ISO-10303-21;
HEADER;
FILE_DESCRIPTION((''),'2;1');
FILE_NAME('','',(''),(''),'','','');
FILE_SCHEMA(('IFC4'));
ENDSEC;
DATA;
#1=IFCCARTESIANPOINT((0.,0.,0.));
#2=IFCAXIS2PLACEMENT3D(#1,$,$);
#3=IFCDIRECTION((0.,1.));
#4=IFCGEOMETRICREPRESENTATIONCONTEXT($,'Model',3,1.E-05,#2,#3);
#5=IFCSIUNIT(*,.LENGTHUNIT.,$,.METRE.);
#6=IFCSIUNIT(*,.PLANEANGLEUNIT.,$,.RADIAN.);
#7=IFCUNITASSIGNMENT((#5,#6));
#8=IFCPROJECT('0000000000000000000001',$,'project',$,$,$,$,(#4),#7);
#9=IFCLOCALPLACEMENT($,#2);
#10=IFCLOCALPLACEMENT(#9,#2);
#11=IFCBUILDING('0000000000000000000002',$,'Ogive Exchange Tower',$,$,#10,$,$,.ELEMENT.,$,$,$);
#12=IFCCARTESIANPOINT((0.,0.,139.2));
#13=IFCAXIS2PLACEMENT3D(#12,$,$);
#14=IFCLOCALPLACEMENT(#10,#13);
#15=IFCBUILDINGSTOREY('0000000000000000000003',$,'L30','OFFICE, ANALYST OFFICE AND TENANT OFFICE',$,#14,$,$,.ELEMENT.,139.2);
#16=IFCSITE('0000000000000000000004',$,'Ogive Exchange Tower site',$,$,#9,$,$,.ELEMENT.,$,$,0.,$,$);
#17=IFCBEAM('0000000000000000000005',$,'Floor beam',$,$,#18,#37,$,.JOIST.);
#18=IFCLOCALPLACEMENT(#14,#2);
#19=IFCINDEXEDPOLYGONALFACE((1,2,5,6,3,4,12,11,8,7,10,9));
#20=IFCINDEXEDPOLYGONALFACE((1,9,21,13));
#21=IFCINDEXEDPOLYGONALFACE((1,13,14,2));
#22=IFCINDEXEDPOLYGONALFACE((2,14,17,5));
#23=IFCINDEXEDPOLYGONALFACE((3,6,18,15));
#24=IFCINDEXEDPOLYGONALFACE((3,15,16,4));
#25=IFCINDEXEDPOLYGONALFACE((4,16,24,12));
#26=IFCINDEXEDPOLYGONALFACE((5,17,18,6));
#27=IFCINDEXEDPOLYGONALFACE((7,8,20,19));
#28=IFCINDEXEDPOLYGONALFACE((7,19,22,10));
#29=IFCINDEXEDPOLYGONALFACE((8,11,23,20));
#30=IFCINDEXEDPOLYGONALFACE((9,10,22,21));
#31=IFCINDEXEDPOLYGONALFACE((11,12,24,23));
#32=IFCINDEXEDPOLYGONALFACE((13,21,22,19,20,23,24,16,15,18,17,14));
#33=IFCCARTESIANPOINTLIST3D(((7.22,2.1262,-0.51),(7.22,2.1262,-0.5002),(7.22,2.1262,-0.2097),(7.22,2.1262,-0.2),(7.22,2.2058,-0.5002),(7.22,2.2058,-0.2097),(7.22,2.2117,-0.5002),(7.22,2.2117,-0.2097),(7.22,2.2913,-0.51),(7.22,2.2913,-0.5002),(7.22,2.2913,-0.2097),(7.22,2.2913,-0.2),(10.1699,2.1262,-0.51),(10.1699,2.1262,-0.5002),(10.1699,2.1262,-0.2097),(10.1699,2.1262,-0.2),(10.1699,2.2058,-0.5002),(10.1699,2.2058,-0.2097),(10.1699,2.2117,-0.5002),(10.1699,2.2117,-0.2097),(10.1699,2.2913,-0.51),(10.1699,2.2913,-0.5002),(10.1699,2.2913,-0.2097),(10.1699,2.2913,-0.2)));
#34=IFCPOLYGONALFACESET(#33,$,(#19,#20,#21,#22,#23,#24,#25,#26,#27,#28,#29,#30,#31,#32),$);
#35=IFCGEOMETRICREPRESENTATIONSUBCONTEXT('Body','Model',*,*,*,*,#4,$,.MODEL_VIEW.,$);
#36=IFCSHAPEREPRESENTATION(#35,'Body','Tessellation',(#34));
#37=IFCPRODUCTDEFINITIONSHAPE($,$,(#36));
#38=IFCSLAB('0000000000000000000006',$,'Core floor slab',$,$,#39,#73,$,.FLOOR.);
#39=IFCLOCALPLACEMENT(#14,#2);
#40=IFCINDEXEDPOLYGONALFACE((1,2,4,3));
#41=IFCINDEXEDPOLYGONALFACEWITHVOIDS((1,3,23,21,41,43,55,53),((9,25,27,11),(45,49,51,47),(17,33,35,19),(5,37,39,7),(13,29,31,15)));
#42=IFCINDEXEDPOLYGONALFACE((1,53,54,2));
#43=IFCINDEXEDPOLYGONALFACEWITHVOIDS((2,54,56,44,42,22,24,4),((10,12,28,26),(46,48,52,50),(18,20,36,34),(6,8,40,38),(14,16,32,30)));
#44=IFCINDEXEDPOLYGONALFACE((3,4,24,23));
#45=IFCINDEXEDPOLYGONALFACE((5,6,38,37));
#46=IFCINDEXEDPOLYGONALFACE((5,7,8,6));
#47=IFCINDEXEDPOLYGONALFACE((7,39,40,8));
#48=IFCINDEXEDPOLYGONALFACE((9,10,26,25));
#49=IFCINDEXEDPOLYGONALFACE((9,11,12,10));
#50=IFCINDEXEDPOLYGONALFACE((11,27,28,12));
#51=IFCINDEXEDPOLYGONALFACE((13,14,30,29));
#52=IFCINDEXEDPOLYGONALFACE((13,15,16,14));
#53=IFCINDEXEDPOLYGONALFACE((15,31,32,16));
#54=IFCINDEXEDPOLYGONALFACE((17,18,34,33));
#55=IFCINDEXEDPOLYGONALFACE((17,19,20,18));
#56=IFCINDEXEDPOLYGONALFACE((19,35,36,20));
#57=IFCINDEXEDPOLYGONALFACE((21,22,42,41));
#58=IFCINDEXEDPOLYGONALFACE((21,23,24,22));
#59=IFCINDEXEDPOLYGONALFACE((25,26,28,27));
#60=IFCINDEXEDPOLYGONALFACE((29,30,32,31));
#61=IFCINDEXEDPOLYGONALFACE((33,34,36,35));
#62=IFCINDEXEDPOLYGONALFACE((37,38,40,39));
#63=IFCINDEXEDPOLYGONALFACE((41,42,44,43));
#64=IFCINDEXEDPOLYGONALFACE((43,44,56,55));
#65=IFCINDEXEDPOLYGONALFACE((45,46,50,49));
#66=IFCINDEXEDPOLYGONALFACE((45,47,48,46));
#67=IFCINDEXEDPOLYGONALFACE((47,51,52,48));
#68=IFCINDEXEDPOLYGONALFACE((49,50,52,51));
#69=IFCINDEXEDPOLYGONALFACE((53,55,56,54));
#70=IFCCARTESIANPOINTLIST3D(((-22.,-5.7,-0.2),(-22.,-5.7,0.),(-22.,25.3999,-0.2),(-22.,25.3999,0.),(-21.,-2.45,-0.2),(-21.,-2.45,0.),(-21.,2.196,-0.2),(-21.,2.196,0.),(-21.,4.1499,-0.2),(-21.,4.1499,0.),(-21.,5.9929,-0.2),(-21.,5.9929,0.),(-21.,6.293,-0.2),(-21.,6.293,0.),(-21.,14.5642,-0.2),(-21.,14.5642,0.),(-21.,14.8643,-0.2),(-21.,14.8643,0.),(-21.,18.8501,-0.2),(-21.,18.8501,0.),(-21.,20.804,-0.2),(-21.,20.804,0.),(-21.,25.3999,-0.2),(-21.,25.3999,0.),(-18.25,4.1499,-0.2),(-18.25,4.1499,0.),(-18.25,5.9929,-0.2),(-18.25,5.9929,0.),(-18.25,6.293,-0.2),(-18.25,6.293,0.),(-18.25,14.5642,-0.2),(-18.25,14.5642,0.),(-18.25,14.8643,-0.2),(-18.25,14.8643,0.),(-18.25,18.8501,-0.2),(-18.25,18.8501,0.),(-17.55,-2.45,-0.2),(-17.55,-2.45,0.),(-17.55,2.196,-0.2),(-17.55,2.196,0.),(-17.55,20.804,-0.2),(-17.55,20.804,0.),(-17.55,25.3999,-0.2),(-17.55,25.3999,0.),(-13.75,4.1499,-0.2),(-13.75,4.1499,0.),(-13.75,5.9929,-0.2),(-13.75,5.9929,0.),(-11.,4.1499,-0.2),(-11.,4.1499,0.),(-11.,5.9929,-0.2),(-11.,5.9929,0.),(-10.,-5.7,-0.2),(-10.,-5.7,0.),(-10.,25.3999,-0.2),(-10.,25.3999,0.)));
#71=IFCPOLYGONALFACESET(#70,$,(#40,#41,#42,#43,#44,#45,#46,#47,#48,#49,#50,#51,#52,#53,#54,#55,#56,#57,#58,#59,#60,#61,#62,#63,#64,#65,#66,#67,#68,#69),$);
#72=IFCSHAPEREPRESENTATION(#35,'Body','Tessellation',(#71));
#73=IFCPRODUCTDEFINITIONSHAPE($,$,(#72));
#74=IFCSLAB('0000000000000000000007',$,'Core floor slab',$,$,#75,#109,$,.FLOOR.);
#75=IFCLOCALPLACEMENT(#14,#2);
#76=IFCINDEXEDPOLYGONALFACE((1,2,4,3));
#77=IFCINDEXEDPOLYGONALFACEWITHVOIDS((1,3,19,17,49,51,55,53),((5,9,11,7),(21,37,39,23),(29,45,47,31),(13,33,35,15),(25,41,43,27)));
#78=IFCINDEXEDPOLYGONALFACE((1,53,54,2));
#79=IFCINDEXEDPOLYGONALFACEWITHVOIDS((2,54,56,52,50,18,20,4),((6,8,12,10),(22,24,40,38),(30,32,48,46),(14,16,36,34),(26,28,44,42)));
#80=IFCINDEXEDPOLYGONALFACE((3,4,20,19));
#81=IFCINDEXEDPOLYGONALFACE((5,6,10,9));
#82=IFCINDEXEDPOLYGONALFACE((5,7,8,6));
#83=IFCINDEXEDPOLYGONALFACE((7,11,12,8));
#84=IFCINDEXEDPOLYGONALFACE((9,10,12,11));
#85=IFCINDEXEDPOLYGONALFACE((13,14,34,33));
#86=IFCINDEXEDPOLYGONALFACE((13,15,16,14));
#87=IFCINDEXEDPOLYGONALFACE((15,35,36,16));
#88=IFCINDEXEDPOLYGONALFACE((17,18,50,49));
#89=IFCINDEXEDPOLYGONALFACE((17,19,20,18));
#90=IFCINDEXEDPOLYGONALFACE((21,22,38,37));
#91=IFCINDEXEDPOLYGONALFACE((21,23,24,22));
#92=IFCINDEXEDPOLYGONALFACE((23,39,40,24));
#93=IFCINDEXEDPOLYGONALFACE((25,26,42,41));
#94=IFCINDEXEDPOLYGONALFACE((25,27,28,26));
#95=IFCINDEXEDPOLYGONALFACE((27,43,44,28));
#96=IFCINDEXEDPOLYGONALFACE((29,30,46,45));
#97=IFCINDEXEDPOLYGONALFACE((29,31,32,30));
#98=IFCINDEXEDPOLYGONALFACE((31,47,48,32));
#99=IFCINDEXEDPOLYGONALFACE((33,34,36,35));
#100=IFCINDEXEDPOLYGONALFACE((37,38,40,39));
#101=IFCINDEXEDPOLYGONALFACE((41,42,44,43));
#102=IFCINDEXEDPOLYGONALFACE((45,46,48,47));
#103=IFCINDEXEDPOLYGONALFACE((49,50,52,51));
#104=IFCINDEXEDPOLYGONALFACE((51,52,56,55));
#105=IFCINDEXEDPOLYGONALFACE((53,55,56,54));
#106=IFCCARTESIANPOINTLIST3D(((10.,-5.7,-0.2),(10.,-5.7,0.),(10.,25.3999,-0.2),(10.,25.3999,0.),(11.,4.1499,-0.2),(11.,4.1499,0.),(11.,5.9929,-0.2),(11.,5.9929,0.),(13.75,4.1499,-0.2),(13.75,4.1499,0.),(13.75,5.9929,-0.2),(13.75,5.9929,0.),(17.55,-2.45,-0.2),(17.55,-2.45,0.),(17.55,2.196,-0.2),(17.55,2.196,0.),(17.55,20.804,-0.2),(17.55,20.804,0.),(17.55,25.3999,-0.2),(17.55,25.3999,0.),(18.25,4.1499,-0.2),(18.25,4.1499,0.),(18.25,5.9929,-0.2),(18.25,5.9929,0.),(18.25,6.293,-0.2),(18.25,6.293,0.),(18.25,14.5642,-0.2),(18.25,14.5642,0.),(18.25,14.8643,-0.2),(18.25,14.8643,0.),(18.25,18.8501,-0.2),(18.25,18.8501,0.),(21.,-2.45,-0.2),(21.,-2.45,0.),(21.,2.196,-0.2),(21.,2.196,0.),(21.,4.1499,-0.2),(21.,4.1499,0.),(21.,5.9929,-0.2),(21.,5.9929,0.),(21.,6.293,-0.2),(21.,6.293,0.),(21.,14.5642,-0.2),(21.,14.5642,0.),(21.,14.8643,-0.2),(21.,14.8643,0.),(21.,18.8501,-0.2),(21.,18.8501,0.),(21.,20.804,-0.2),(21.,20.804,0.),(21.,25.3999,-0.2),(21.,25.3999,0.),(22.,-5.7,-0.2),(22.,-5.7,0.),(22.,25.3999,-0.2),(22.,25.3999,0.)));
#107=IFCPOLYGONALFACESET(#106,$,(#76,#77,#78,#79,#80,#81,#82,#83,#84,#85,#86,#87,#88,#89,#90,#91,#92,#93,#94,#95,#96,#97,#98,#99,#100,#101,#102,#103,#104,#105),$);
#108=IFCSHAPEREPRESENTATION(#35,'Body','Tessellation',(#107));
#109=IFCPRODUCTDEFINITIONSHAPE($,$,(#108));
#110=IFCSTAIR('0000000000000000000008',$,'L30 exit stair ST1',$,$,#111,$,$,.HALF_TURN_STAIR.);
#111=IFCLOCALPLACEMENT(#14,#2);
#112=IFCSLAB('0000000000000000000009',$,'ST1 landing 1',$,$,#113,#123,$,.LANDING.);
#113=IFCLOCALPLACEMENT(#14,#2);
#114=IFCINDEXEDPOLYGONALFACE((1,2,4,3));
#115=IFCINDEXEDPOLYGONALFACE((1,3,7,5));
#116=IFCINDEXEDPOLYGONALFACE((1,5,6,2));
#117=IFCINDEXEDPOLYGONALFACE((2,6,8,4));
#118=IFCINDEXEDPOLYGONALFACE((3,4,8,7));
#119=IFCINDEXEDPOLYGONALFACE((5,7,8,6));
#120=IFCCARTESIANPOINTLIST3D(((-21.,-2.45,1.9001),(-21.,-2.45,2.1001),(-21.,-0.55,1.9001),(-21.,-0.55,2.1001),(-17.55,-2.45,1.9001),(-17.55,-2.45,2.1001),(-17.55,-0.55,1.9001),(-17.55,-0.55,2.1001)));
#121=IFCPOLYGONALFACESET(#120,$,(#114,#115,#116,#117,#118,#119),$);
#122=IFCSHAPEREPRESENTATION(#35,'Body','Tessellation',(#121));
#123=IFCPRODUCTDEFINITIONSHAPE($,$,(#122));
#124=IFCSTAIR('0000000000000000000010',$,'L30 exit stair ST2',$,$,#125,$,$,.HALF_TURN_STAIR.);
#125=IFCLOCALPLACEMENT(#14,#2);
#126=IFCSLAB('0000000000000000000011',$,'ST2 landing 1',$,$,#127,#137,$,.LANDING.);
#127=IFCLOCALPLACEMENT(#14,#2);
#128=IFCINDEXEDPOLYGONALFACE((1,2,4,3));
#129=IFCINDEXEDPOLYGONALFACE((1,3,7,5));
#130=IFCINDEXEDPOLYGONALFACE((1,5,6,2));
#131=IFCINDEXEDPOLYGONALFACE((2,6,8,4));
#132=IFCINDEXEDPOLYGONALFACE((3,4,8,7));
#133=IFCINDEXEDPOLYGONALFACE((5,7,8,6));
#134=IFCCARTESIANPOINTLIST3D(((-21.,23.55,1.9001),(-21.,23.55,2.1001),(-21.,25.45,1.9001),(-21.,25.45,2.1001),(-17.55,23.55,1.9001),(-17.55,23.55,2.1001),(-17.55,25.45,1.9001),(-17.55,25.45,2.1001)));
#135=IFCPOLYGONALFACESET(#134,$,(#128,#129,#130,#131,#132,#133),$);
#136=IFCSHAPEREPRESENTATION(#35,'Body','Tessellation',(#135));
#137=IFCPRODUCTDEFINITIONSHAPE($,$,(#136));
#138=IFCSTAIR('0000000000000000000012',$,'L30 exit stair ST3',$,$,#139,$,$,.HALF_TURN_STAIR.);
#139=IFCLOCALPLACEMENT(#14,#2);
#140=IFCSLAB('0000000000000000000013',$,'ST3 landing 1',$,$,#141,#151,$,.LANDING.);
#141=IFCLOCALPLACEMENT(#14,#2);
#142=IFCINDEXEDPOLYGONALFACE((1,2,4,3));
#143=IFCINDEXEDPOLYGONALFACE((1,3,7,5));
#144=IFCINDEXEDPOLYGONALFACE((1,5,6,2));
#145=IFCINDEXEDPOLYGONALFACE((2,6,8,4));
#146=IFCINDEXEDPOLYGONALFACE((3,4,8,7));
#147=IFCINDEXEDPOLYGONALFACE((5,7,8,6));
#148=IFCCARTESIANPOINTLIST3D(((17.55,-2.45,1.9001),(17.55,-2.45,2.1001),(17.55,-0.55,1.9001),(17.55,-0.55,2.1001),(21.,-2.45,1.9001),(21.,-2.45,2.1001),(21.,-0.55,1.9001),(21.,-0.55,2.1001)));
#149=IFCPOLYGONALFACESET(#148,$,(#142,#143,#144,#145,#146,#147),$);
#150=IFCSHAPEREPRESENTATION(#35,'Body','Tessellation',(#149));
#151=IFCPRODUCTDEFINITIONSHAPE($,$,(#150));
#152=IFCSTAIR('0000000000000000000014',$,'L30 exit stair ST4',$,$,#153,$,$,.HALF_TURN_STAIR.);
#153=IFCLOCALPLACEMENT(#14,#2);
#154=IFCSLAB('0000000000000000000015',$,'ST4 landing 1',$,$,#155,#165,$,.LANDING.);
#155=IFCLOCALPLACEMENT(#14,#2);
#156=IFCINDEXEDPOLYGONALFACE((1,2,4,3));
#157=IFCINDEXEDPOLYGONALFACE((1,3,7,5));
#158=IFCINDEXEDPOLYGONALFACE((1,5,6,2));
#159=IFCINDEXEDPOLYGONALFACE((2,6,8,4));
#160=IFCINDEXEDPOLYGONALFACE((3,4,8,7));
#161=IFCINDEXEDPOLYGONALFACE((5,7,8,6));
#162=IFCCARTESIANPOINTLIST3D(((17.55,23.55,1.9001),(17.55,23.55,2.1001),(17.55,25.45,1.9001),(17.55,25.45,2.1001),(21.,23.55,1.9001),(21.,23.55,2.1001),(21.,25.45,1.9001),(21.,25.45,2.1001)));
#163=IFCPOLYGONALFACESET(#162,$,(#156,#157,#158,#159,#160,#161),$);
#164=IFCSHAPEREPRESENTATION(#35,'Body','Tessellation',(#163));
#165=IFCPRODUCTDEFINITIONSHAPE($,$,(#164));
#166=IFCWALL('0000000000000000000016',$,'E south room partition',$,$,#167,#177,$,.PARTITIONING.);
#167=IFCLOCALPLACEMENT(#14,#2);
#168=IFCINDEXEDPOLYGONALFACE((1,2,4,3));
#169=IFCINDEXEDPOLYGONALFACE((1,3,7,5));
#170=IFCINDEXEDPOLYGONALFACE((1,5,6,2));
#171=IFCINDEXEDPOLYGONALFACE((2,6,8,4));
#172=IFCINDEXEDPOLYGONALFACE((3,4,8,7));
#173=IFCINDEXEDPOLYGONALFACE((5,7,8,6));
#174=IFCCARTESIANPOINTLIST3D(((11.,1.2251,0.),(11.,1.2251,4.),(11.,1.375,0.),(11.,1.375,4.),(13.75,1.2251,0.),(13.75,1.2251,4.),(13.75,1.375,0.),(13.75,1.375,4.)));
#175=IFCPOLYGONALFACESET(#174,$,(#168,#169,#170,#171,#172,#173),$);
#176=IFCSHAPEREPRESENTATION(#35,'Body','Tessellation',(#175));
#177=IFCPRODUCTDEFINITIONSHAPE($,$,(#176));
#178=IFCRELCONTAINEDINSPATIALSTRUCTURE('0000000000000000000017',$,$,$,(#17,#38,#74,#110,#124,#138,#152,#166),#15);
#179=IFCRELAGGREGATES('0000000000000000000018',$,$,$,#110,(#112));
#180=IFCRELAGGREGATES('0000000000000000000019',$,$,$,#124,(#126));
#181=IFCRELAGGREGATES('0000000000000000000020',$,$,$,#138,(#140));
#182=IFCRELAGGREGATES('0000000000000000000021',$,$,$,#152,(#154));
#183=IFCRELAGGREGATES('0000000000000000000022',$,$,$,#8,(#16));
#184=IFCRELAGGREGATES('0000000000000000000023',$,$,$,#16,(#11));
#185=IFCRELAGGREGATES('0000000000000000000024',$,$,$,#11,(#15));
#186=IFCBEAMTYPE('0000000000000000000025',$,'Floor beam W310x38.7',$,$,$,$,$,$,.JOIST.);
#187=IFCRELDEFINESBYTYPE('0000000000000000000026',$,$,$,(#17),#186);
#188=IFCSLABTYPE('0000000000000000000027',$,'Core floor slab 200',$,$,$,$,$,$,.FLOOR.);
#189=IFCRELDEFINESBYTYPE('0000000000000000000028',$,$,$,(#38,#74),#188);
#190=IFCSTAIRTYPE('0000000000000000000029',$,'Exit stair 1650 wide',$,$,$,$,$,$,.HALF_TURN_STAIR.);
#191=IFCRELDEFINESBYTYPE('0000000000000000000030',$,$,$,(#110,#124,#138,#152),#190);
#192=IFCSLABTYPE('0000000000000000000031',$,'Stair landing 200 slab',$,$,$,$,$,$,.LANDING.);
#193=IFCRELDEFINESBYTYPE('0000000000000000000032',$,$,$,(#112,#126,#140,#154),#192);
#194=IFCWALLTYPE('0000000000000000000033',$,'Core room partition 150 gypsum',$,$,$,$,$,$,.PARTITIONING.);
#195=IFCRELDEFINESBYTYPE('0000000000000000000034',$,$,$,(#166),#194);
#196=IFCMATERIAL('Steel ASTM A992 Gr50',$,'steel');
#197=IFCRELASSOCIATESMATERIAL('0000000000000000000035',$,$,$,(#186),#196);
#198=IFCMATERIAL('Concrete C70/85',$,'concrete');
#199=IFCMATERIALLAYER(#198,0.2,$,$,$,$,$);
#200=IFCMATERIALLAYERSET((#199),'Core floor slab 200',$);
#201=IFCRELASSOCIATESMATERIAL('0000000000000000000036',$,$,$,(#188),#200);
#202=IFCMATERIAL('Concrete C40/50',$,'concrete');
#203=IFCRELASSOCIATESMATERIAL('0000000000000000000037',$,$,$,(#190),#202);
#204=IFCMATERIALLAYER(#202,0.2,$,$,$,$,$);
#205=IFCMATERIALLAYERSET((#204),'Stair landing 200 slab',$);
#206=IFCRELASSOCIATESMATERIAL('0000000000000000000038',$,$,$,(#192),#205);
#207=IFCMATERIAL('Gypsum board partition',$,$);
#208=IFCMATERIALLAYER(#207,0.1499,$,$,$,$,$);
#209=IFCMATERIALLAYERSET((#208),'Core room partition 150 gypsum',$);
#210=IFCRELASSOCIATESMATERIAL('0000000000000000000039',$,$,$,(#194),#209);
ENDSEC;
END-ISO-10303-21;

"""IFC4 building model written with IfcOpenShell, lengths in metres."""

from ifc_helpers import new_model, si_unit, direction, frame, frame_2d, origin, origin_2d, place, context, subcontext, project, spatial, polyline, rectangle, i_section, outline, extrude, material, layer, layer_set, material_profile, profile_set, type_object, element, aggregate, save


model = new_model("IFC4")

# Units and contexts
model_context = context("Model", 3, precision=1e-05, world=origin(), true_north=direction((0.0, 1.0)))
body_context = subcontext(model_context, "Body", "Model", "MODEL_VIEW")
ifc_project = project(units=[si_unit("LENGTHUNIT", "METRE"), si_unit("PLANEANGLEUNIT", "RADIAN")], contexts=[model_context])

# Site, building, storey
site_placement = place(None, origin())
site = spatial("IfcSite", under=ifc_project, at=site_placement, Name="Ogive Exchange Tower site", CompositionType="ELEMENT", RefElevation=0.0)
building_placement = place(site_placement, origin())
building = spatial("IfcBuilding", under=site, at=building_placement, Name="Ogive Exchange Tower", CompositionType="ELEMENT")
storey_placement = place(building_placement, frame((0.0, 0.0, 139.2)))
storey = spatial("IfcBuildingStorey", under=building, at=storey_placement, Name="L30", Description="OFFICE, ANALYST OFFICE AND TENANT OFFICE", CompositionType="ELEMENT", Elevation=139.2)

# Beam
ifc_material_1 = material(Name="Steel ASTM A992 Gr50", Category="steel")
ifc_material_profile = material_profile(ifc_material_1, i_section(OverallWidth=0.165, OverallDepth=0.3101, WebThickness=0.0059, FlangeThickness=0.0098, at=origin_2d()), Name="W310x38.7")
ifc_profile_set = profile_set([ifc_material_profile], Name="Steel ASTM A992 Gr50")
beam_type = type_object("IfcBeamType", Name="Floor beam W310x38.7", PredefinedType="JOIST", material=ifc_profile_set)
beam_placement = place(storey_placement, frame((7.22, 2.2087, -0.355), z_axis=(1.0, 0.0, 0.0), x_axis=(0.0, 1.0, 0.0)))
element("IfcBeam", 1, at=beam_placement, inside=storey, type_object=beam_type, Name="Floor beam", PredefinedType="JOIST", context=body_context, shape_type="SweptSolid", body=[
    extrude(i_section(OverallWidth=0.165, OverallDepth=0.3101, WebThickness=0.0059, FlangeThickness=0.0098, at=origin_2d()), origin(), (0.0, 0.0, 1.0), 2.95),
])

# Slabs
ifc_material_2 = material(Name="Concrete C70/85", Category="concrete")
ifc_layer_1 = layer(ifc_material_2, 0.2)
ifc_layer_set_1 = layer_set([ifc_layer_1], Name="Core floor slab 200")
slab_type_1 = type_object("IfcSlabType", Name="Core floor slab 200", PredefinedType="FLOOR", material=ifc_layer_set_1)
slab_1_placement = place(storey_placement, frame((0.0, 0.0, -0.2)))
element("IfcSlab", 2, at=slab_1_placement, inside=storey, type_object=slab_type_1, Name="Core floor slab", PredefinedType="FLOOR", context=body_context, shape_type="SweptSolid", body=[
    extrude(outline(polyline([(-10.0, 25.3999), (-10.0, -5.7), (-22.0, -5.7), (-22.0, 25.3999), (-21.0, 25.3999), (-21.0, 20.804), (-17.55, 20.804), (-17.55, 25.3999), (-10.0, 25.3999)]), holes=[polyline([(-17.55, 2.196), (-21.0, 2.196), (-21.0, -2.45), (-17.55, -2.45), (-17.55, 2.196)]), polyline([(-18.25, 5.9929), (-21.0, 5.9929), (-21.0, 4.1499), (-18.25, 4.1499), (-18.25, 5.9929)]), polyline([(-11.0, 5.9929), (-13.75, 5.9929), (-13.75, 4.1499), (-11.0, 4.1499), (-11.0, 5.9929)]), polyline([(-21.0, 14.5642), (-21.0, 6.293), (-18.25, 6.293), (-18.25, 14.5642), (-21.0, 14.5642)]), polyline([(-18.25, 18.8501), (-21.0, 18.8501), (-21.0, 14.8643), (-18.25, 14.8643), (-18.25, 18.8501)])]), origin(), (0.0, 0.0, 1.0), 0.2),
])
slab_2_placement = place(storey_placement, frame((0.0, 0.0, -0.2)))
element("IfcSlab", 3, at=slab_2_placement, inside=storey, type_object=slab_type_1, Name="Core floor slab", PredefinedType="FLOOR", context=body_context, shape_type="SweptSolid", body=[
    extrude(outline(polyline([(22.0, 25.3999), (22.0, -5.7), (10.0, -5.7), (10.0, 25.3999), (17.55, 25.3999), (17.55, 20.804), (21.0, 20.804), (21.0, 25.3999), (22.0, 25.3999)]), holes=[polyline([(21.0, 2.196), (17.55, 2.196), (17.55, -2.45), (21.0, -2.45), (21.0, 2.196)]), polyline([(13.75, 5.9929), (11.0, 5.9929), (11.0, 4.1499), (13.75, 4.1499), (13.75, 5.9929)]), polyline([(21.0, 5.9929), (18.25, 5.9929), (18.25, 4.1499), (21.0, 4.1499), (21.0, 5.9929)]), polyline([(18.25, 14.5642), (18.25, 6.293), (21.0, 6.293), (21.0, 14.5642), (18.25, 14.5642)]), polyline([(21.0, 18.8501), (18.25, 18.8501), (18.25, 14.8643), (21.0, 14.8643), (21.0, 18.8501)])]), origin(), (0.0, 0.0, 1.0), 0.2),
])

# Stairs, slabs
ifc_material_3 = material(Name="Concrete C40/50", Category="concrete")
stair_type = type_object("IfcStairType", Name="Exit stair 1650 wide", PredefinedType="HALF_TURN_STAIR", material=ifc_material_3)
stair_1_placement = place(storey_placement, origin())
stair_1 = element("IfcStair", 4, at=stair_1_placement, inside=storey, type_object=stair_type, Name="L30 exit stair ST1", PredefinedType="HALF_TURN_STAIR")
ifc_layer_2 = layer(ifc_material_3, 0.2)
ifc_layer_set_2 = layer_set([ifc_layer_2], Name="Stair landing 200 slab")
slab_type_2 = type_object("IfcSlabType", Name="Stair landing 200 slab", PredefinedType="LANDING", material=ifc_layer_set_2)
slab_3_placement = place(storey_placement, frame((0.0, 0.0, 1.9001)))
slab_3 = element("IfcSlab", 5, at=slab_3_placement, type_object=slab_type_2, Name="ST1 landing 1", PredefinedType="LANDING", context=body_context, shape_type="SweptSolid", body=[
    extrude(outline(polyline([(-21.0, -0.55), (-21.0, -2.45), (-17.55, -2.45), (-17.55, -0.55), (-21.0, -0.55)])), origin(), (0.0, 0.0, 1.0), 0.2),
])
aggregate(stair_1, [slab_3])
stair_2_placement = place(storey_placement, origin())
stair_2 = element("IfcStair", 6, at=stair_2_placement, inside=storey, type_object=stair_type, Name="L30 exit stair ST2", PredefinedType="HALF_TURN_STAIR")
slab_4_placement = place(storey_placement, frame((0.0, 0.0, 1.9001)))
slab_4 = element("IfcSlab", 7, at=slab_4_placement, type_object=slab_type_2, Name="ST2 landing 1", PredefinedType="LANDING", context=body_context, shape_type="SweptSolid", body=[
    extrude(outline(polyline([(-17.55, 23.55), (-17.55, 25.45), (-21.0, 25.45), (-21.0, 23.55), (-17.55, 23.55)])), origin(), (0.0, 0.0, 1.0), 0.2),
])
aggregate(stair_2, [slab_4])
stair_3_placement = place(storey_placement, origin())
stair_3 = element("IfcStair", 8, at=stair_3_placement, inside=storey, type_object=stair_type, Name="L30 exit stair ST3", PredefinedType="HALF_TURN_STAIR")
slab_5_placement = place(storey_placement, frame((0.0, 0.0, 1.9001)))
slab_5 = element("IfcSlab", 9, at=slab_5_placement, type_object=slab_type_2, Name="ST3 landing 1", PredefinedType="LANDING", context=body_context, shape_type="SweptSolid", body=[
    extrude(outline(polyline([(17.55, -0.55), (17.55, -2.45), (21.0, -2.45), (21.0, -0.55), (17.55, -0.55)])), origin(), (0.0, 0.0, 1.0), 0.2),
])
aggregate(stair_3, [slab_5])
stair_4_placement = place(storey_placement, origin())
stair_4 = element("IfcStair", 10, at=stair_4_placement, inside=storey, type_object=stair_type, Name="L30 exit stair ST4", PredefinedType="HALF_TURN_STAIR")
slab_6_placement = place(storey_placement, frame((0.0, 0.0, 1.9001)))
slab_6 = element("IfcSlab", 11, at=slab_6_placement, type_object=slab_type_2, Name="ST4 landing 1", PredefinedType="LANDING", context=body_context, shape_type="SweptSolid", body=[
    extrude(outline(polyline([(21.0, 23.55), (21.0, 25.45), (17.55, 25.45), (17.55, 23.55), (21.0, 23.55)])), origin(), (0.0, 0.0, 1.0), 0.2),
])
aggregate(stair_4, [slab_6])

# Wall
ifc_material_4 = material(Name="Gypsum board partition")
ifc_layer_3 = layer(ifc_material_4, 0.1499)
ifc_layer_set_3 = layer_set([ifc_layer_3], Name="Core room partition 150 gypsum")
wall_type_1 = type_object("IfcWallType", Name="Core room partition 150 gypsum", PredefinedType="PARTITIONING", material=ifc_layer_set_3)
wall_1_placement = place(storey_placement, frame((11.0, 1.3, 0.0), z_axis=(0.0, 0.0, 1.0), x_axis=(1.0, 0.0, 0.0)))
element("IfcWall", 12, at=wall_1_placement, inside=storey, type_object=wall_type_1, Name="E south room partition", PredefinedType="PARTITIONING", context=body_context, shape_type="SweptSolid", body=[
    extrude(rectangle(XDim=2.75, YDim=0.1499, at=frame_2d((1.375, 0.0))), origin(), (0.0, 0.0, 1.0), 4.0),
])

save(model, "model.ifc")
